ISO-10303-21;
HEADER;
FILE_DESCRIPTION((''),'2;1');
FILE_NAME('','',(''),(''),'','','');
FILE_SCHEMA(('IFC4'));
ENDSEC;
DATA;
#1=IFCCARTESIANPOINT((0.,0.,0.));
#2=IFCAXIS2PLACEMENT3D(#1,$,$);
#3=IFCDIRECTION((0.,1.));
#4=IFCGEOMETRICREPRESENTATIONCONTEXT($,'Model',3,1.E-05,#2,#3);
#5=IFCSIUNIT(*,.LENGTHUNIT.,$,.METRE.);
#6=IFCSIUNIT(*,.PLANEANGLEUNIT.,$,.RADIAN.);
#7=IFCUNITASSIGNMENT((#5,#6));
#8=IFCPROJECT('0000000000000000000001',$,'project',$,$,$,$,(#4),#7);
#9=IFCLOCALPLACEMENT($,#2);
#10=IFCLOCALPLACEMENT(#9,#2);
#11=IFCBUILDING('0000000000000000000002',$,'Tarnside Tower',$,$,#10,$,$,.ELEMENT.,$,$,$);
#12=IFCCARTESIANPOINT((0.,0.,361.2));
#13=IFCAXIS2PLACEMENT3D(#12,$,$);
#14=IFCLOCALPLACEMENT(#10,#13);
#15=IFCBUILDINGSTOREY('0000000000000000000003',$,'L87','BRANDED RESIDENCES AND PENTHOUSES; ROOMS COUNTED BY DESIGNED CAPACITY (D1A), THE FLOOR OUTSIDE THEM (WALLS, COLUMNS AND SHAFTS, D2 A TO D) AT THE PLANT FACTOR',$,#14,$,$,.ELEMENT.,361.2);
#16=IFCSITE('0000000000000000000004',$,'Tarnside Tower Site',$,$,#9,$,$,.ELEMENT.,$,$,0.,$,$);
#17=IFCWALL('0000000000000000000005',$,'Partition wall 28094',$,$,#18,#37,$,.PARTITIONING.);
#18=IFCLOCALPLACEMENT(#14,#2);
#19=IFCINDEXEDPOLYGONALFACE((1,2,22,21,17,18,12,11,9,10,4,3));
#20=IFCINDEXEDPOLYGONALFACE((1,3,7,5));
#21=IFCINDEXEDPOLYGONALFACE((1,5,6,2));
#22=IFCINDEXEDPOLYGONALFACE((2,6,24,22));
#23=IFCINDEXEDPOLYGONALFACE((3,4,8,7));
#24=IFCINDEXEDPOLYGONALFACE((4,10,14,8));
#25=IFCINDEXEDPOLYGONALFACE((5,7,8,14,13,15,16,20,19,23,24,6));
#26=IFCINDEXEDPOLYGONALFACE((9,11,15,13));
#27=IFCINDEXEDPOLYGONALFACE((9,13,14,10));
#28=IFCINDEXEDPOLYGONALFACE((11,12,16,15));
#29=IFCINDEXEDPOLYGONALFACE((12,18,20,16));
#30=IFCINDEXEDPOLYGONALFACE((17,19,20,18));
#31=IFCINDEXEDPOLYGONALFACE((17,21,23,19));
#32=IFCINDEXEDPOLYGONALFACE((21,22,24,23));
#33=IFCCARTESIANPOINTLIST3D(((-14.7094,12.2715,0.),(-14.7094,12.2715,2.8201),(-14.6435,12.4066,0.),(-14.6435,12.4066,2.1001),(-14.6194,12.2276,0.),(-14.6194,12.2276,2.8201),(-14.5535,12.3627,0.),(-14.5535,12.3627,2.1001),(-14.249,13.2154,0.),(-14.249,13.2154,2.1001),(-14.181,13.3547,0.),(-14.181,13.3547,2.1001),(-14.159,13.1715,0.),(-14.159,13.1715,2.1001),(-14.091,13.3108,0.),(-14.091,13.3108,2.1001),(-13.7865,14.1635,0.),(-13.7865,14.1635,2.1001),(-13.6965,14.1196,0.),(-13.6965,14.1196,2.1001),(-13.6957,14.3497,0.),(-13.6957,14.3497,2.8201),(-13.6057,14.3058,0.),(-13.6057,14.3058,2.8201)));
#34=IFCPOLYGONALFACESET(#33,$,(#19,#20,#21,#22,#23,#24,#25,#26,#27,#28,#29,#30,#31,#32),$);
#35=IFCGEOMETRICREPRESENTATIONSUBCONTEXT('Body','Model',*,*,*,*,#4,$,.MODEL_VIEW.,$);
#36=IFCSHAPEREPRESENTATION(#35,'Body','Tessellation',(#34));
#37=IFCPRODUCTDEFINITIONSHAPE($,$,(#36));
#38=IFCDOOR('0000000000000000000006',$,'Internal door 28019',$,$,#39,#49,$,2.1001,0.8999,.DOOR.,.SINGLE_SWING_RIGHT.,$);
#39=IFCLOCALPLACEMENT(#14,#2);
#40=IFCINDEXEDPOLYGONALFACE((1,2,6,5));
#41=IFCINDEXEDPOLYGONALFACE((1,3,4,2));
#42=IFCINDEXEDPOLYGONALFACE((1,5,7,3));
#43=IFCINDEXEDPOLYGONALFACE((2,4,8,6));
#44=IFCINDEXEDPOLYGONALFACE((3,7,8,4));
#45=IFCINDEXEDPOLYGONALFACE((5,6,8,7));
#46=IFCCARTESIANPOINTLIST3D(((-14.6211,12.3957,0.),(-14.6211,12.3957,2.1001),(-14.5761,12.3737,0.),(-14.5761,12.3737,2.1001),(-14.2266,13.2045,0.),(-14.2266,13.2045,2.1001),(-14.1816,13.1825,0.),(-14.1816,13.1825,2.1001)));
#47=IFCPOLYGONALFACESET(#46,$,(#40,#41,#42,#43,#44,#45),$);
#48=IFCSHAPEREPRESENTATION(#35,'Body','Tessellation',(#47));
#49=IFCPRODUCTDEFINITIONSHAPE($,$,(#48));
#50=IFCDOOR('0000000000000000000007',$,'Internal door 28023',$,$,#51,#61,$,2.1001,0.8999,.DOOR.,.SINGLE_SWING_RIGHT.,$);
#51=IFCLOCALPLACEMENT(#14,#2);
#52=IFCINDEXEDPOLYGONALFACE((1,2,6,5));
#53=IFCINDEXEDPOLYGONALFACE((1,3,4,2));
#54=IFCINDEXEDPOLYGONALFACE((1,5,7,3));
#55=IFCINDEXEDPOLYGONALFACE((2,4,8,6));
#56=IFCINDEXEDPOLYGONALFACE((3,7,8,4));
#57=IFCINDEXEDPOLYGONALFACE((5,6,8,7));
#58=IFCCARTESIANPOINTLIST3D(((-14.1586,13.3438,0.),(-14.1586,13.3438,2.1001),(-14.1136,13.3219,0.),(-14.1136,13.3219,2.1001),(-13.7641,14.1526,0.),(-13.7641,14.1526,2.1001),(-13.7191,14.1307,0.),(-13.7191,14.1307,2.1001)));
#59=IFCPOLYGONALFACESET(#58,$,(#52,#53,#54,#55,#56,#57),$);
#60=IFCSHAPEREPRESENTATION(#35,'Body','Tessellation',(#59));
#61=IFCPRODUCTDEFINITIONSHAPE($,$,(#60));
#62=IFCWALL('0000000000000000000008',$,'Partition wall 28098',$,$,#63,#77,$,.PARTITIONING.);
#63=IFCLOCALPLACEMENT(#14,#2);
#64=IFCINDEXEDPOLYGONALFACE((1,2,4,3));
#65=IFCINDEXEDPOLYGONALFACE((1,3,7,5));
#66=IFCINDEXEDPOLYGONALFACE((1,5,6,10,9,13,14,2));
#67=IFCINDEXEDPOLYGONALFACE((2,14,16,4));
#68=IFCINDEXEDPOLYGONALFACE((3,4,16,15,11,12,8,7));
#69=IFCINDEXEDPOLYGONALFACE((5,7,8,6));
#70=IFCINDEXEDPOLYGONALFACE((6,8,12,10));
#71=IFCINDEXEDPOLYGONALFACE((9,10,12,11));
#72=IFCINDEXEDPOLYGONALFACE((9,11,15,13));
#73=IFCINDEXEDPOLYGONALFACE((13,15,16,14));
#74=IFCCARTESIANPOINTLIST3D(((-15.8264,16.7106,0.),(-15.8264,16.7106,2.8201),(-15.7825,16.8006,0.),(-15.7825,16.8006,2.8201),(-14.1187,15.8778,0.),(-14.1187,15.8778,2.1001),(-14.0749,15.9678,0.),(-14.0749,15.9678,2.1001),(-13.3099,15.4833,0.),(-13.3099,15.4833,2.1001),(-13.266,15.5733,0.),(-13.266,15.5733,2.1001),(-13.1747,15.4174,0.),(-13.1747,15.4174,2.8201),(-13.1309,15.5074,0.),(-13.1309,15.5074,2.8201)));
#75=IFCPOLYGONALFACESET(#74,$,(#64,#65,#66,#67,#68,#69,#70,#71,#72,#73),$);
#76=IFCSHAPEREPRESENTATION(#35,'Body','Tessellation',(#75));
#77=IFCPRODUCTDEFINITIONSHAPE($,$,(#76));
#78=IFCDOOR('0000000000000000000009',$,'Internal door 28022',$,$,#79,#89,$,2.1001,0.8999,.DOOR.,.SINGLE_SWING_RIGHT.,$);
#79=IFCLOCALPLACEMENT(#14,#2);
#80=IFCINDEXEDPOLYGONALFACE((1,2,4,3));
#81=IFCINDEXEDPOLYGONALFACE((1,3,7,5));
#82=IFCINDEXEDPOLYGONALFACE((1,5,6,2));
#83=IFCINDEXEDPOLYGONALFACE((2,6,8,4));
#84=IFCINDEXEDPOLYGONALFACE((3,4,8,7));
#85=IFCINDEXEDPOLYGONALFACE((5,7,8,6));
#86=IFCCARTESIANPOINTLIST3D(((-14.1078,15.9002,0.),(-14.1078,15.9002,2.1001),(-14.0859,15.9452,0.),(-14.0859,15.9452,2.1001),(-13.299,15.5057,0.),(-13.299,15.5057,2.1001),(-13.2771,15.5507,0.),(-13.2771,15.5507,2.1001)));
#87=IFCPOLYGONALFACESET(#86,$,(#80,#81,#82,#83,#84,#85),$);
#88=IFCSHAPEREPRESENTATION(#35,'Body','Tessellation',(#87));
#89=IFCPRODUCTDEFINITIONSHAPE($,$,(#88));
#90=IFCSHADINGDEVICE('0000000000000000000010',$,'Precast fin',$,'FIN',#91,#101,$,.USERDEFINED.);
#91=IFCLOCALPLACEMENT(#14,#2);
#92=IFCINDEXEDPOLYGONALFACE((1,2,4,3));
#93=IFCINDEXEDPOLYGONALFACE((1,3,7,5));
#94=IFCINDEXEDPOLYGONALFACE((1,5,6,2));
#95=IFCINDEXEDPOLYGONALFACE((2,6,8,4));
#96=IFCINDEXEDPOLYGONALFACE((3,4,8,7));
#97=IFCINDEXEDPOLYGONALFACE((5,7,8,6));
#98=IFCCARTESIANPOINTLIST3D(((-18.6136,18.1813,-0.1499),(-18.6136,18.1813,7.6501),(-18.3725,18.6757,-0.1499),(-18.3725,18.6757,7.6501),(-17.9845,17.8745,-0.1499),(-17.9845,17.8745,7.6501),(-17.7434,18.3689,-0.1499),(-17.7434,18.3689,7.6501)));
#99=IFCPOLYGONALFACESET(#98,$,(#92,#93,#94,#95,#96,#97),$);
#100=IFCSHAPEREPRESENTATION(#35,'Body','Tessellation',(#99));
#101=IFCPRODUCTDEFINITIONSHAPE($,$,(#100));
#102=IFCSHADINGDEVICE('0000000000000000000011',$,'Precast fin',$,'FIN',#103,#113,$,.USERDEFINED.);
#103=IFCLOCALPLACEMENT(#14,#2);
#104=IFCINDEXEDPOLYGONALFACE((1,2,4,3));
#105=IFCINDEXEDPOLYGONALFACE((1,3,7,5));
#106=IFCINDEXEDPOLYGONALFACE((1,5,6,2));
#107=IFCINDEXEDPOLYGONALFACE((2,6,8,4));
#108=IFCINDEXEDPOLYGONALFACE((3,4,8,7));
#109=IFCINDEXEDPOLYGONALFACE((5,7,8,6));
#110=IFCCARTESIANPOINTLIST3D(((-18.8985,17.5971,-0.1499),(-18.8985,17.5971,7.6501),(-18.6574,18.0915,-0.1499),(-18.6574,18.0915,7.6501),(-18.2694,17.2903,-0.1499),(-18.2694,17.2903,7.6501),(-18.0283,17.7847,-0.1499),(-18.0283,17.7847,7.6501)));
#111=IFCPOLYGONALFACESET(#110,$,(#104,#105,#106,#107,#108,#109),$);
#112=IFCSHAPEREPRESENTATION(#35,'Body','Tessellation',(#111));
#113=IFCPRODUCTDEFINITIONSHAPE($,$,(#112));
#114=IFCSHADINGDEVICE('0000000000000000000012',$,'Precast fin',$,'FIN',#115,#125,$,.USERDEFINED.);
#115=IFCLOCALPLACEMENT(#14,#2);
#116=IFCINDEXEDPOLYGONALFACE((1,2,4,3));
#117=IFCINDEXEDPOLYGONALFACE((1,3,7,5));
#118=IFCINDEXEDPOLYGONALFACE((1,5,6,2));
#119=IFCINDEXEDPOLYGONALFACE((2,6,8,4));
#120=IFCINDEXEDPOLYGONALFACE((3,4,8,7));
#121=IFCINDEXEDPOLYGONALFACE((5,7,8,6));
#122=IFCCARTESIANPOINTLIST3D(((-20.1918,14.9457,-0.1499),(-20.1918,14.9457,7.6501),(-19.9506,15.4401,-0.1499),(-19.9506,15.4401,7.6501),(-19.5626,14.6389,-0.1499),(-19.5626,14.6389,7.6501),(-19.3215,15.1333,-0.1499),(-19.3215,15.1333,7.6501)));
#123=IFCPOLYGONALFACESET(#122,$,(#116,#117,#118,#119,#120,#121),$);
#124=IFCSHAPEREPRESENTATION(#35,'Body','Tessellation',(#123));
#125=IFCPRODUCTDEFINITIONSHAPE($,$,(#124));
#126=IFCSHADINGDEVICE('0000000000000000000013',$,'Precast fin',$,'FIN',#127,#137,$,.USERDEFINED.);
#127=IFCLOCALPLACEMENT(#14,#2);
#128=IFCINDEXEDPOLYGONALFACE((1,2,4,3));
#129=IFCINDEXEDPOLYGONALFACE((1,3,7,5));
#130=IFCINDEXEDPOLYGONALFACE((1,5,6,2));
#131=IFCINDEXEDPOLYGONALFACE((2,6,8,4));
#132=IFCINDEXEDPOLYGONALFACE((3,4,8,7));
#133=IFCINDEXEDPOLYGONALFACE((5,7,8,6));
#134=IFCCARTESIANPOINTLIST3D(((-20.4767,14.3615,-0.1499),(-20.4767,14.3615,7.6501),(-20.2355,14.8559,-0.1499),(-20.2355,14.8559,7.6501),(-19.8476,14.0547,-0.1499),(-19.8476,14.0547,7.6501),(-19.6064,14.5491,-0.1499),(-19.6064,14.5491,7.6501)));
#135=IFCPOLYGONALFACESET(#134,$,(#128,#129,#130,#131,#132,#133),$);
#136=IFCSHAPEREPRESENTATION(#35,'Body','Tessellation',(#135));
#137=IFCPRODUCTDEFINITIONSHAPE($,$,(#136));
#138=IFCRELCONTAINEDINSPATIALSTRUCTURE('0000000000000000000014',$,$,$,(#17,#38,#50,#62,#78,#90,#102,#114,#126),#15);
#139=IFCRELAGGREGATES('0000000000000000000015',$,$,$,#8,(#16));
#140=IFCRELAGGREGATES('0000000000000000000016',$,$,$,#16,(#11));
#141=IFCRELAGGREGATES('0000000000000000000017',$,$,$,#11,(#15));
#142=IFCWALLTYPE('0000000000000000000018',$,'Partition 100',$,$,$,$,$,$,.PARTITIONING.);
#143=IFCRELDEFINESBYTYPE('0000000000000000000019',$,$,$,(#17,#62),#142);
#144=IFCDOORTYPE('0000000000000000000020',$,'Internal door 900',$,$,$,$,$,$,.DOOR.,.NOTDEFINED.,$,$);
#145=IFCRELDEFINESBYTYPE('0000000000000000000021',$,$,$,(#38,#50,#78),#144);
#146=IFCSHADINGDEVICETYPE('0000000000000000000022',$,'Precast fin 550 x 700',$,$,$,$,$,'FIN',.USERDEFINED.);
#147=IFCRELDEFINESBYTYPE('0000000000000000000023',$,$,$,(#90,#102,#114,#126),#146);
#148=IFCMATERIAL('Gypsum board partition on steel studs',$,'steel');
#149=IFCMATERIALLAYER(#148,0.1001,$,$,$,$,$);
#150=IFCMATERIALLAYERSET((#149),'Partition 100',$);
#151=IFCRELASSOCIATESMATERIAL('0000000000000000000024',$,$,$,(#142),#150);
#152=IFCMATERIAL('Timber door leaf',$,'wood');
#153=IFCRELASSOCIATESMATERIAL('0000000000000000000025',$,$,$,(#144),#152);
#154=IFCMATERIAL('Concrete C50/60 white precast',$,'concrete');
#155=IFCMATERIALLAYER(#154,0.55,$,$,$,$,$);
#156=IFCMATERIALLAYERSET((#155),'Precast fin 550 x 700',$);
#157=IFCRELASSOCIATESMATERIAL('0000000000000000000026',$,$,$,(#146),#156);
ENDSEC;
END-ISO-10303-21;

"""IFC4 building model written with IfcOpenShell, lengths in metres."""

from ifc_helpers import new_model, si_unit, direction, frame, frame_2d, origin, place, context, subcontext, project, spatial, polyline, rectangle, outline, extrude, material, layer, layer_set, type_object, element, fill, save


model = new_model("IFC4")

# Units and contexts
model_context = context("Model", 3, precision=1e-05, world=origin(), true_north=direction((0.0, 1.0)))
body_context = subcontext(model_context, "Body", "Model", "MODEL_VIEW")
ifc_project = project(units=[si_unit("LENGTHUNIT", "METRE"), si_unit("PLANEANGLEUNIT", "RADIAN")], contexts=[model_context])

# Site, building, storey
site_placement = place(None, origin())
site = spatial("IfcSite", under=ifc_project, at=site_placement, Name="Tarnside Tower Site", CompositionType="ELEMENT", RefElevation=0.0)
building_placement = place(site_placement, origin())
building = spatial("IfcBuilding", under=site, at=building_placement, Name="Tarnside Tower", CompositionType="ELEMENT")
storey_placement = place(building_placement, frame((0.0, 0.0, 361.2)))
storey = spatial("IfcBuildingStorey", under=building, at=storey_placement, Name="L87", Description="BRANDED RESIDENCES AND PENTHOUSES; ROOMS COUNTED BY DESIGNED CAPACITY (D1A), THE FLOOR OUTSIDE THEM (WALLS, COLUMNS AND SHAFTS, D2 A TO D) AT THE PLANT FACTOR", CompositionType="ELEMENT", Elevation=361.2)

# Shared definitions
ifc_material_1 = material(Name="Gypsum board partition on steel studs", Category="steel")
ifc_material_2 = material(Name="Timber door leaf", Category="wood")

# Shared definitions
ifc_layer_1 = layer(ifc_material_1, 0.1001)
ifc_layer_set_1 = layer_set([ifc_layer_1], Name="Partition 100")
wall_type_1 = type_object("IfcWallType", Name="Partition 100", PredefinedType="PARTITIONING", material=ifc_layer_set_1)

# Shared definitions
door_type_1 = type_object("IfcDoorType", Name="Internal door 900", OperationType="NOTDEFINED", PredefinedType="DOOR", material=ifc_material_2)

# Wall, openings, doors
wall_1_placement = place(storey_placement, frame((-13.6506, 14.3279, 0.0), z_axis=(0.0, 0.0, 1.0), x_axis=(-0.438407, -0.898777, 0.0)))
wall_1 = element("IfcWall", 1, at=wall_1_placement, inside=storey, type_object=wall_type_1, Name="Partition wall 28094", PredefinedType="PARTITIONING", context=body_context, shape_type="SweptSolid", body=[
    extrude(rectangle(XDim=2.3123, YDim=0.1001, at=frame_2d((1.1562, 0.0))), origin(), (0.0, 0.0, 1.0), 2.8201),
])
opening_1_placement = place(wall_1_placement, frame((1.2622, 0.0, 0.0)))
opening_1 = element("IfcOpeningElement", 2, at=opening_1_placement, cuts=wall_1, PredefinedType="OPENING", context=body_context, shape_type="SweptSolid", body=[
    extrude(rectangle(XDim=0.8999, YDim=2.1001, at=frame_2d((0.45, 1.05))), frame((0.0, 0.0601, 0.0), z_axis=(0.0, -1.0, 0.0), x_axis=(1.0, 0.0, 0.0)), (0.0, 0.0, 1.0), 0.1201),
])
opening_2_placement = place(wall_1_placement, frame((0.2073, 0.0, 0.0)))
opening_2 = element("IfcOpeningElement", 3, at=opening_2_placement, cuts=wall_1, PredefinedType="OPENING", context=body_context, shape_type="SweptSolid", body=[
    extrude(rectangle(XDim=0.8999, YDim=2.1001, at=frame_2d((0.45, 1.05))), frame((0.0, 0.0601, 0.0), z_axis=(0.0, -1.0, 0.0), x_axis=(1.0, 0.0, 0.0)), (0.0, 0.0, 1.0), 0.1201),
])
door_1_placement = place(opening_1_placement, origin())
door_1 = element("IfcDoor", 4, at=door_1_placement, inside=storey, type_object=door_type_1, Name="Internal door 28019", OperationType="SINGLE_SWING_RIGHT", OverallHeight=2.1001, OverallWidth=0.8999, PredefinedType="DOOR", context=body_context, shape_type="SweptSolid", body=[
    extrude(rectangle(XDim=0.8999, YDim=2.1001, at=frame_2d((0.45, 1.05))), frame((0.0, 0.0249, 0.0), z_axis=(0.0, -1.0, 0.0), x_axis=(1.0, 0.0, 0.0)), (0.0, 0.0, 1.0), 0.05),
])
fill(opening_1, door_1)
door_2_placement = place(opening_2_placement, origin())
door_2 = element("IfcDoor", 5, at=door_2_placement, inside=storey, type_object=door_type_1, Name="Internal door 28023", OperationType="SINGLE_SWING_RIGHT", OverallHeight=2.1001, OverallWidth=0.8999, PredefinedType="DOOR", context=body_context, shape_type="SweptSolid", body=[
    extrude(rectangle(XDim=0.8999, YDim=2.1001, at=frame_2d((0.45, 1.05))), frame((0.0, 0.0249, 0.0), z_axis=(0.0, -1.0, 0.0), x_axis=(1.0, 0.0, 0.0)), (0.0, 0.0, 1.0), 0.05),
])
fill(opening_2, door_2)

# Wall, opening, door
wall_2_placement = place(storey_placement, frame((-15.8044, 16.7556, 0.0), z_axis=(0.0, 0.0, 1.0), x_axis=(0.898803, -0.438354, 0.0)))
wall_2 = element("IfcWall", 6, at=wall_2_placement, inside=storey, type_object=wall_type_1, Name="Partition wall 28098", PredefinedType="PARTITIONING", context=body_context, shape_type="SweptSolid", body=[
    extrude(rectangle(XDim=2.9502, YDim=0.1001, at=frame_2d((1.4751, 0.0))), origin(), (0.0, 0.0, 1.0), 2.8201),
])
opening_3_placement = place(wall_2_placement, frame((1.8999, 0.0, 0.0)))
opening_3 = element("IfcOpeningElement", 7, at=opening_3_placement, cuts=wall_2, PredefinedType="OPENING", context=body_context, shape_type="SweptSolid", body=[
    extrude(rectangle(XDim=0.8999, YDim=2.1001, at=frame_2d((0.45, 1.05))), frame((0.0, 0.0601, 0.0), z_axis=(0.0, -1.0, 0.0), x_axis=(1.0, 0.0, 0.0)), (0.0, 0.0, 1.0), 0.1201),
])
door_3_placement = place(opening_3_placement, origin())
door_3 = element("IfcDoor", 8, at=door_3_placement, inside=storey, type_object=door_type_1, Name="Internal door 28022", OperationType="SINGLE_SWING_RIGHT", OverallHeight=2.1001, OverallWidth=0.8999, PredefinedType="DOOR", context=body_context, shape_type="SweptSolid", body=[
    extrude(rectangle(XDim=0.8999, YDim=2.1001, at=frame_2d((0.45, 1.05))), frame((0.0, 0.0249, 0.0), z_axis=(0.0, -1.0, 0.0), x_axis=(1.0, 0.0, 0.0)), (0.0, 0.0, 1.0), 0.05),
])
fill(opening_3, door_3)

# Shading devices
ifc_material_3 = material(Name="Concrete C50/60 white precast", Category="concrete")
ifc_layer_2 = layer(ifc_material_3, 0.55)
ifc_layer_set_2 = layer_set([ifc_layer_2], Name="Precast fin 550 x 700")
shading_device_type = type_object("IfcShadingDeviceType", Name="Precast fin 550 x 700", ElementType="FIN", PredefinedType="USERDEFINED", material=ifc_layer_set_2)
for number, where, z_axis, x_axis, name in (
    (9, (-17.864, 18.1216, -0.1499), (0.438371, 0.898794, 0.0), (-0.898794, 0.438371, 0.0), "Precast fin"),
    (10, (-18.1489, 17.5374, -0.1499), (0.438371, 0.898794, 0.0), (-0.898794, 0.438371, 0.0), "Precast fin"),
    (11, (-19.4421, 14.886, -0.1499), (0.438371, 0.898794, 0.0), (-0.898794, 0.438371, 0.0), "Precast fin"),
    (12, (-19.7271, 14.3018, -0.1499), (0.438371, 0.898794, 0.0), (-0.898794, 0.438371, 0.0), "Precast fin"),
):
    element("IfcShadingDevice", number, at=place(storey_placement, frame(where, z_axis=z_axis, x_axis=x_axis)), inside=storey, type_object=shading_device_type, Name=name, ObjectType="FIN", PredefinedType="USERDEFINED", context=body_context, shape_type="SweptSolid", body=[
        extrude(outline(polyline([(0.0, 0.0), (0.7, 0.0), (0.7, 7.8), (0.0, 7.8), (0.0, 0.0)])), frame((0.0, 0.0, -0.2749)), (0.0, 0.0, 1.0), 0.55),
    ])

save(model, "model.ifc")
